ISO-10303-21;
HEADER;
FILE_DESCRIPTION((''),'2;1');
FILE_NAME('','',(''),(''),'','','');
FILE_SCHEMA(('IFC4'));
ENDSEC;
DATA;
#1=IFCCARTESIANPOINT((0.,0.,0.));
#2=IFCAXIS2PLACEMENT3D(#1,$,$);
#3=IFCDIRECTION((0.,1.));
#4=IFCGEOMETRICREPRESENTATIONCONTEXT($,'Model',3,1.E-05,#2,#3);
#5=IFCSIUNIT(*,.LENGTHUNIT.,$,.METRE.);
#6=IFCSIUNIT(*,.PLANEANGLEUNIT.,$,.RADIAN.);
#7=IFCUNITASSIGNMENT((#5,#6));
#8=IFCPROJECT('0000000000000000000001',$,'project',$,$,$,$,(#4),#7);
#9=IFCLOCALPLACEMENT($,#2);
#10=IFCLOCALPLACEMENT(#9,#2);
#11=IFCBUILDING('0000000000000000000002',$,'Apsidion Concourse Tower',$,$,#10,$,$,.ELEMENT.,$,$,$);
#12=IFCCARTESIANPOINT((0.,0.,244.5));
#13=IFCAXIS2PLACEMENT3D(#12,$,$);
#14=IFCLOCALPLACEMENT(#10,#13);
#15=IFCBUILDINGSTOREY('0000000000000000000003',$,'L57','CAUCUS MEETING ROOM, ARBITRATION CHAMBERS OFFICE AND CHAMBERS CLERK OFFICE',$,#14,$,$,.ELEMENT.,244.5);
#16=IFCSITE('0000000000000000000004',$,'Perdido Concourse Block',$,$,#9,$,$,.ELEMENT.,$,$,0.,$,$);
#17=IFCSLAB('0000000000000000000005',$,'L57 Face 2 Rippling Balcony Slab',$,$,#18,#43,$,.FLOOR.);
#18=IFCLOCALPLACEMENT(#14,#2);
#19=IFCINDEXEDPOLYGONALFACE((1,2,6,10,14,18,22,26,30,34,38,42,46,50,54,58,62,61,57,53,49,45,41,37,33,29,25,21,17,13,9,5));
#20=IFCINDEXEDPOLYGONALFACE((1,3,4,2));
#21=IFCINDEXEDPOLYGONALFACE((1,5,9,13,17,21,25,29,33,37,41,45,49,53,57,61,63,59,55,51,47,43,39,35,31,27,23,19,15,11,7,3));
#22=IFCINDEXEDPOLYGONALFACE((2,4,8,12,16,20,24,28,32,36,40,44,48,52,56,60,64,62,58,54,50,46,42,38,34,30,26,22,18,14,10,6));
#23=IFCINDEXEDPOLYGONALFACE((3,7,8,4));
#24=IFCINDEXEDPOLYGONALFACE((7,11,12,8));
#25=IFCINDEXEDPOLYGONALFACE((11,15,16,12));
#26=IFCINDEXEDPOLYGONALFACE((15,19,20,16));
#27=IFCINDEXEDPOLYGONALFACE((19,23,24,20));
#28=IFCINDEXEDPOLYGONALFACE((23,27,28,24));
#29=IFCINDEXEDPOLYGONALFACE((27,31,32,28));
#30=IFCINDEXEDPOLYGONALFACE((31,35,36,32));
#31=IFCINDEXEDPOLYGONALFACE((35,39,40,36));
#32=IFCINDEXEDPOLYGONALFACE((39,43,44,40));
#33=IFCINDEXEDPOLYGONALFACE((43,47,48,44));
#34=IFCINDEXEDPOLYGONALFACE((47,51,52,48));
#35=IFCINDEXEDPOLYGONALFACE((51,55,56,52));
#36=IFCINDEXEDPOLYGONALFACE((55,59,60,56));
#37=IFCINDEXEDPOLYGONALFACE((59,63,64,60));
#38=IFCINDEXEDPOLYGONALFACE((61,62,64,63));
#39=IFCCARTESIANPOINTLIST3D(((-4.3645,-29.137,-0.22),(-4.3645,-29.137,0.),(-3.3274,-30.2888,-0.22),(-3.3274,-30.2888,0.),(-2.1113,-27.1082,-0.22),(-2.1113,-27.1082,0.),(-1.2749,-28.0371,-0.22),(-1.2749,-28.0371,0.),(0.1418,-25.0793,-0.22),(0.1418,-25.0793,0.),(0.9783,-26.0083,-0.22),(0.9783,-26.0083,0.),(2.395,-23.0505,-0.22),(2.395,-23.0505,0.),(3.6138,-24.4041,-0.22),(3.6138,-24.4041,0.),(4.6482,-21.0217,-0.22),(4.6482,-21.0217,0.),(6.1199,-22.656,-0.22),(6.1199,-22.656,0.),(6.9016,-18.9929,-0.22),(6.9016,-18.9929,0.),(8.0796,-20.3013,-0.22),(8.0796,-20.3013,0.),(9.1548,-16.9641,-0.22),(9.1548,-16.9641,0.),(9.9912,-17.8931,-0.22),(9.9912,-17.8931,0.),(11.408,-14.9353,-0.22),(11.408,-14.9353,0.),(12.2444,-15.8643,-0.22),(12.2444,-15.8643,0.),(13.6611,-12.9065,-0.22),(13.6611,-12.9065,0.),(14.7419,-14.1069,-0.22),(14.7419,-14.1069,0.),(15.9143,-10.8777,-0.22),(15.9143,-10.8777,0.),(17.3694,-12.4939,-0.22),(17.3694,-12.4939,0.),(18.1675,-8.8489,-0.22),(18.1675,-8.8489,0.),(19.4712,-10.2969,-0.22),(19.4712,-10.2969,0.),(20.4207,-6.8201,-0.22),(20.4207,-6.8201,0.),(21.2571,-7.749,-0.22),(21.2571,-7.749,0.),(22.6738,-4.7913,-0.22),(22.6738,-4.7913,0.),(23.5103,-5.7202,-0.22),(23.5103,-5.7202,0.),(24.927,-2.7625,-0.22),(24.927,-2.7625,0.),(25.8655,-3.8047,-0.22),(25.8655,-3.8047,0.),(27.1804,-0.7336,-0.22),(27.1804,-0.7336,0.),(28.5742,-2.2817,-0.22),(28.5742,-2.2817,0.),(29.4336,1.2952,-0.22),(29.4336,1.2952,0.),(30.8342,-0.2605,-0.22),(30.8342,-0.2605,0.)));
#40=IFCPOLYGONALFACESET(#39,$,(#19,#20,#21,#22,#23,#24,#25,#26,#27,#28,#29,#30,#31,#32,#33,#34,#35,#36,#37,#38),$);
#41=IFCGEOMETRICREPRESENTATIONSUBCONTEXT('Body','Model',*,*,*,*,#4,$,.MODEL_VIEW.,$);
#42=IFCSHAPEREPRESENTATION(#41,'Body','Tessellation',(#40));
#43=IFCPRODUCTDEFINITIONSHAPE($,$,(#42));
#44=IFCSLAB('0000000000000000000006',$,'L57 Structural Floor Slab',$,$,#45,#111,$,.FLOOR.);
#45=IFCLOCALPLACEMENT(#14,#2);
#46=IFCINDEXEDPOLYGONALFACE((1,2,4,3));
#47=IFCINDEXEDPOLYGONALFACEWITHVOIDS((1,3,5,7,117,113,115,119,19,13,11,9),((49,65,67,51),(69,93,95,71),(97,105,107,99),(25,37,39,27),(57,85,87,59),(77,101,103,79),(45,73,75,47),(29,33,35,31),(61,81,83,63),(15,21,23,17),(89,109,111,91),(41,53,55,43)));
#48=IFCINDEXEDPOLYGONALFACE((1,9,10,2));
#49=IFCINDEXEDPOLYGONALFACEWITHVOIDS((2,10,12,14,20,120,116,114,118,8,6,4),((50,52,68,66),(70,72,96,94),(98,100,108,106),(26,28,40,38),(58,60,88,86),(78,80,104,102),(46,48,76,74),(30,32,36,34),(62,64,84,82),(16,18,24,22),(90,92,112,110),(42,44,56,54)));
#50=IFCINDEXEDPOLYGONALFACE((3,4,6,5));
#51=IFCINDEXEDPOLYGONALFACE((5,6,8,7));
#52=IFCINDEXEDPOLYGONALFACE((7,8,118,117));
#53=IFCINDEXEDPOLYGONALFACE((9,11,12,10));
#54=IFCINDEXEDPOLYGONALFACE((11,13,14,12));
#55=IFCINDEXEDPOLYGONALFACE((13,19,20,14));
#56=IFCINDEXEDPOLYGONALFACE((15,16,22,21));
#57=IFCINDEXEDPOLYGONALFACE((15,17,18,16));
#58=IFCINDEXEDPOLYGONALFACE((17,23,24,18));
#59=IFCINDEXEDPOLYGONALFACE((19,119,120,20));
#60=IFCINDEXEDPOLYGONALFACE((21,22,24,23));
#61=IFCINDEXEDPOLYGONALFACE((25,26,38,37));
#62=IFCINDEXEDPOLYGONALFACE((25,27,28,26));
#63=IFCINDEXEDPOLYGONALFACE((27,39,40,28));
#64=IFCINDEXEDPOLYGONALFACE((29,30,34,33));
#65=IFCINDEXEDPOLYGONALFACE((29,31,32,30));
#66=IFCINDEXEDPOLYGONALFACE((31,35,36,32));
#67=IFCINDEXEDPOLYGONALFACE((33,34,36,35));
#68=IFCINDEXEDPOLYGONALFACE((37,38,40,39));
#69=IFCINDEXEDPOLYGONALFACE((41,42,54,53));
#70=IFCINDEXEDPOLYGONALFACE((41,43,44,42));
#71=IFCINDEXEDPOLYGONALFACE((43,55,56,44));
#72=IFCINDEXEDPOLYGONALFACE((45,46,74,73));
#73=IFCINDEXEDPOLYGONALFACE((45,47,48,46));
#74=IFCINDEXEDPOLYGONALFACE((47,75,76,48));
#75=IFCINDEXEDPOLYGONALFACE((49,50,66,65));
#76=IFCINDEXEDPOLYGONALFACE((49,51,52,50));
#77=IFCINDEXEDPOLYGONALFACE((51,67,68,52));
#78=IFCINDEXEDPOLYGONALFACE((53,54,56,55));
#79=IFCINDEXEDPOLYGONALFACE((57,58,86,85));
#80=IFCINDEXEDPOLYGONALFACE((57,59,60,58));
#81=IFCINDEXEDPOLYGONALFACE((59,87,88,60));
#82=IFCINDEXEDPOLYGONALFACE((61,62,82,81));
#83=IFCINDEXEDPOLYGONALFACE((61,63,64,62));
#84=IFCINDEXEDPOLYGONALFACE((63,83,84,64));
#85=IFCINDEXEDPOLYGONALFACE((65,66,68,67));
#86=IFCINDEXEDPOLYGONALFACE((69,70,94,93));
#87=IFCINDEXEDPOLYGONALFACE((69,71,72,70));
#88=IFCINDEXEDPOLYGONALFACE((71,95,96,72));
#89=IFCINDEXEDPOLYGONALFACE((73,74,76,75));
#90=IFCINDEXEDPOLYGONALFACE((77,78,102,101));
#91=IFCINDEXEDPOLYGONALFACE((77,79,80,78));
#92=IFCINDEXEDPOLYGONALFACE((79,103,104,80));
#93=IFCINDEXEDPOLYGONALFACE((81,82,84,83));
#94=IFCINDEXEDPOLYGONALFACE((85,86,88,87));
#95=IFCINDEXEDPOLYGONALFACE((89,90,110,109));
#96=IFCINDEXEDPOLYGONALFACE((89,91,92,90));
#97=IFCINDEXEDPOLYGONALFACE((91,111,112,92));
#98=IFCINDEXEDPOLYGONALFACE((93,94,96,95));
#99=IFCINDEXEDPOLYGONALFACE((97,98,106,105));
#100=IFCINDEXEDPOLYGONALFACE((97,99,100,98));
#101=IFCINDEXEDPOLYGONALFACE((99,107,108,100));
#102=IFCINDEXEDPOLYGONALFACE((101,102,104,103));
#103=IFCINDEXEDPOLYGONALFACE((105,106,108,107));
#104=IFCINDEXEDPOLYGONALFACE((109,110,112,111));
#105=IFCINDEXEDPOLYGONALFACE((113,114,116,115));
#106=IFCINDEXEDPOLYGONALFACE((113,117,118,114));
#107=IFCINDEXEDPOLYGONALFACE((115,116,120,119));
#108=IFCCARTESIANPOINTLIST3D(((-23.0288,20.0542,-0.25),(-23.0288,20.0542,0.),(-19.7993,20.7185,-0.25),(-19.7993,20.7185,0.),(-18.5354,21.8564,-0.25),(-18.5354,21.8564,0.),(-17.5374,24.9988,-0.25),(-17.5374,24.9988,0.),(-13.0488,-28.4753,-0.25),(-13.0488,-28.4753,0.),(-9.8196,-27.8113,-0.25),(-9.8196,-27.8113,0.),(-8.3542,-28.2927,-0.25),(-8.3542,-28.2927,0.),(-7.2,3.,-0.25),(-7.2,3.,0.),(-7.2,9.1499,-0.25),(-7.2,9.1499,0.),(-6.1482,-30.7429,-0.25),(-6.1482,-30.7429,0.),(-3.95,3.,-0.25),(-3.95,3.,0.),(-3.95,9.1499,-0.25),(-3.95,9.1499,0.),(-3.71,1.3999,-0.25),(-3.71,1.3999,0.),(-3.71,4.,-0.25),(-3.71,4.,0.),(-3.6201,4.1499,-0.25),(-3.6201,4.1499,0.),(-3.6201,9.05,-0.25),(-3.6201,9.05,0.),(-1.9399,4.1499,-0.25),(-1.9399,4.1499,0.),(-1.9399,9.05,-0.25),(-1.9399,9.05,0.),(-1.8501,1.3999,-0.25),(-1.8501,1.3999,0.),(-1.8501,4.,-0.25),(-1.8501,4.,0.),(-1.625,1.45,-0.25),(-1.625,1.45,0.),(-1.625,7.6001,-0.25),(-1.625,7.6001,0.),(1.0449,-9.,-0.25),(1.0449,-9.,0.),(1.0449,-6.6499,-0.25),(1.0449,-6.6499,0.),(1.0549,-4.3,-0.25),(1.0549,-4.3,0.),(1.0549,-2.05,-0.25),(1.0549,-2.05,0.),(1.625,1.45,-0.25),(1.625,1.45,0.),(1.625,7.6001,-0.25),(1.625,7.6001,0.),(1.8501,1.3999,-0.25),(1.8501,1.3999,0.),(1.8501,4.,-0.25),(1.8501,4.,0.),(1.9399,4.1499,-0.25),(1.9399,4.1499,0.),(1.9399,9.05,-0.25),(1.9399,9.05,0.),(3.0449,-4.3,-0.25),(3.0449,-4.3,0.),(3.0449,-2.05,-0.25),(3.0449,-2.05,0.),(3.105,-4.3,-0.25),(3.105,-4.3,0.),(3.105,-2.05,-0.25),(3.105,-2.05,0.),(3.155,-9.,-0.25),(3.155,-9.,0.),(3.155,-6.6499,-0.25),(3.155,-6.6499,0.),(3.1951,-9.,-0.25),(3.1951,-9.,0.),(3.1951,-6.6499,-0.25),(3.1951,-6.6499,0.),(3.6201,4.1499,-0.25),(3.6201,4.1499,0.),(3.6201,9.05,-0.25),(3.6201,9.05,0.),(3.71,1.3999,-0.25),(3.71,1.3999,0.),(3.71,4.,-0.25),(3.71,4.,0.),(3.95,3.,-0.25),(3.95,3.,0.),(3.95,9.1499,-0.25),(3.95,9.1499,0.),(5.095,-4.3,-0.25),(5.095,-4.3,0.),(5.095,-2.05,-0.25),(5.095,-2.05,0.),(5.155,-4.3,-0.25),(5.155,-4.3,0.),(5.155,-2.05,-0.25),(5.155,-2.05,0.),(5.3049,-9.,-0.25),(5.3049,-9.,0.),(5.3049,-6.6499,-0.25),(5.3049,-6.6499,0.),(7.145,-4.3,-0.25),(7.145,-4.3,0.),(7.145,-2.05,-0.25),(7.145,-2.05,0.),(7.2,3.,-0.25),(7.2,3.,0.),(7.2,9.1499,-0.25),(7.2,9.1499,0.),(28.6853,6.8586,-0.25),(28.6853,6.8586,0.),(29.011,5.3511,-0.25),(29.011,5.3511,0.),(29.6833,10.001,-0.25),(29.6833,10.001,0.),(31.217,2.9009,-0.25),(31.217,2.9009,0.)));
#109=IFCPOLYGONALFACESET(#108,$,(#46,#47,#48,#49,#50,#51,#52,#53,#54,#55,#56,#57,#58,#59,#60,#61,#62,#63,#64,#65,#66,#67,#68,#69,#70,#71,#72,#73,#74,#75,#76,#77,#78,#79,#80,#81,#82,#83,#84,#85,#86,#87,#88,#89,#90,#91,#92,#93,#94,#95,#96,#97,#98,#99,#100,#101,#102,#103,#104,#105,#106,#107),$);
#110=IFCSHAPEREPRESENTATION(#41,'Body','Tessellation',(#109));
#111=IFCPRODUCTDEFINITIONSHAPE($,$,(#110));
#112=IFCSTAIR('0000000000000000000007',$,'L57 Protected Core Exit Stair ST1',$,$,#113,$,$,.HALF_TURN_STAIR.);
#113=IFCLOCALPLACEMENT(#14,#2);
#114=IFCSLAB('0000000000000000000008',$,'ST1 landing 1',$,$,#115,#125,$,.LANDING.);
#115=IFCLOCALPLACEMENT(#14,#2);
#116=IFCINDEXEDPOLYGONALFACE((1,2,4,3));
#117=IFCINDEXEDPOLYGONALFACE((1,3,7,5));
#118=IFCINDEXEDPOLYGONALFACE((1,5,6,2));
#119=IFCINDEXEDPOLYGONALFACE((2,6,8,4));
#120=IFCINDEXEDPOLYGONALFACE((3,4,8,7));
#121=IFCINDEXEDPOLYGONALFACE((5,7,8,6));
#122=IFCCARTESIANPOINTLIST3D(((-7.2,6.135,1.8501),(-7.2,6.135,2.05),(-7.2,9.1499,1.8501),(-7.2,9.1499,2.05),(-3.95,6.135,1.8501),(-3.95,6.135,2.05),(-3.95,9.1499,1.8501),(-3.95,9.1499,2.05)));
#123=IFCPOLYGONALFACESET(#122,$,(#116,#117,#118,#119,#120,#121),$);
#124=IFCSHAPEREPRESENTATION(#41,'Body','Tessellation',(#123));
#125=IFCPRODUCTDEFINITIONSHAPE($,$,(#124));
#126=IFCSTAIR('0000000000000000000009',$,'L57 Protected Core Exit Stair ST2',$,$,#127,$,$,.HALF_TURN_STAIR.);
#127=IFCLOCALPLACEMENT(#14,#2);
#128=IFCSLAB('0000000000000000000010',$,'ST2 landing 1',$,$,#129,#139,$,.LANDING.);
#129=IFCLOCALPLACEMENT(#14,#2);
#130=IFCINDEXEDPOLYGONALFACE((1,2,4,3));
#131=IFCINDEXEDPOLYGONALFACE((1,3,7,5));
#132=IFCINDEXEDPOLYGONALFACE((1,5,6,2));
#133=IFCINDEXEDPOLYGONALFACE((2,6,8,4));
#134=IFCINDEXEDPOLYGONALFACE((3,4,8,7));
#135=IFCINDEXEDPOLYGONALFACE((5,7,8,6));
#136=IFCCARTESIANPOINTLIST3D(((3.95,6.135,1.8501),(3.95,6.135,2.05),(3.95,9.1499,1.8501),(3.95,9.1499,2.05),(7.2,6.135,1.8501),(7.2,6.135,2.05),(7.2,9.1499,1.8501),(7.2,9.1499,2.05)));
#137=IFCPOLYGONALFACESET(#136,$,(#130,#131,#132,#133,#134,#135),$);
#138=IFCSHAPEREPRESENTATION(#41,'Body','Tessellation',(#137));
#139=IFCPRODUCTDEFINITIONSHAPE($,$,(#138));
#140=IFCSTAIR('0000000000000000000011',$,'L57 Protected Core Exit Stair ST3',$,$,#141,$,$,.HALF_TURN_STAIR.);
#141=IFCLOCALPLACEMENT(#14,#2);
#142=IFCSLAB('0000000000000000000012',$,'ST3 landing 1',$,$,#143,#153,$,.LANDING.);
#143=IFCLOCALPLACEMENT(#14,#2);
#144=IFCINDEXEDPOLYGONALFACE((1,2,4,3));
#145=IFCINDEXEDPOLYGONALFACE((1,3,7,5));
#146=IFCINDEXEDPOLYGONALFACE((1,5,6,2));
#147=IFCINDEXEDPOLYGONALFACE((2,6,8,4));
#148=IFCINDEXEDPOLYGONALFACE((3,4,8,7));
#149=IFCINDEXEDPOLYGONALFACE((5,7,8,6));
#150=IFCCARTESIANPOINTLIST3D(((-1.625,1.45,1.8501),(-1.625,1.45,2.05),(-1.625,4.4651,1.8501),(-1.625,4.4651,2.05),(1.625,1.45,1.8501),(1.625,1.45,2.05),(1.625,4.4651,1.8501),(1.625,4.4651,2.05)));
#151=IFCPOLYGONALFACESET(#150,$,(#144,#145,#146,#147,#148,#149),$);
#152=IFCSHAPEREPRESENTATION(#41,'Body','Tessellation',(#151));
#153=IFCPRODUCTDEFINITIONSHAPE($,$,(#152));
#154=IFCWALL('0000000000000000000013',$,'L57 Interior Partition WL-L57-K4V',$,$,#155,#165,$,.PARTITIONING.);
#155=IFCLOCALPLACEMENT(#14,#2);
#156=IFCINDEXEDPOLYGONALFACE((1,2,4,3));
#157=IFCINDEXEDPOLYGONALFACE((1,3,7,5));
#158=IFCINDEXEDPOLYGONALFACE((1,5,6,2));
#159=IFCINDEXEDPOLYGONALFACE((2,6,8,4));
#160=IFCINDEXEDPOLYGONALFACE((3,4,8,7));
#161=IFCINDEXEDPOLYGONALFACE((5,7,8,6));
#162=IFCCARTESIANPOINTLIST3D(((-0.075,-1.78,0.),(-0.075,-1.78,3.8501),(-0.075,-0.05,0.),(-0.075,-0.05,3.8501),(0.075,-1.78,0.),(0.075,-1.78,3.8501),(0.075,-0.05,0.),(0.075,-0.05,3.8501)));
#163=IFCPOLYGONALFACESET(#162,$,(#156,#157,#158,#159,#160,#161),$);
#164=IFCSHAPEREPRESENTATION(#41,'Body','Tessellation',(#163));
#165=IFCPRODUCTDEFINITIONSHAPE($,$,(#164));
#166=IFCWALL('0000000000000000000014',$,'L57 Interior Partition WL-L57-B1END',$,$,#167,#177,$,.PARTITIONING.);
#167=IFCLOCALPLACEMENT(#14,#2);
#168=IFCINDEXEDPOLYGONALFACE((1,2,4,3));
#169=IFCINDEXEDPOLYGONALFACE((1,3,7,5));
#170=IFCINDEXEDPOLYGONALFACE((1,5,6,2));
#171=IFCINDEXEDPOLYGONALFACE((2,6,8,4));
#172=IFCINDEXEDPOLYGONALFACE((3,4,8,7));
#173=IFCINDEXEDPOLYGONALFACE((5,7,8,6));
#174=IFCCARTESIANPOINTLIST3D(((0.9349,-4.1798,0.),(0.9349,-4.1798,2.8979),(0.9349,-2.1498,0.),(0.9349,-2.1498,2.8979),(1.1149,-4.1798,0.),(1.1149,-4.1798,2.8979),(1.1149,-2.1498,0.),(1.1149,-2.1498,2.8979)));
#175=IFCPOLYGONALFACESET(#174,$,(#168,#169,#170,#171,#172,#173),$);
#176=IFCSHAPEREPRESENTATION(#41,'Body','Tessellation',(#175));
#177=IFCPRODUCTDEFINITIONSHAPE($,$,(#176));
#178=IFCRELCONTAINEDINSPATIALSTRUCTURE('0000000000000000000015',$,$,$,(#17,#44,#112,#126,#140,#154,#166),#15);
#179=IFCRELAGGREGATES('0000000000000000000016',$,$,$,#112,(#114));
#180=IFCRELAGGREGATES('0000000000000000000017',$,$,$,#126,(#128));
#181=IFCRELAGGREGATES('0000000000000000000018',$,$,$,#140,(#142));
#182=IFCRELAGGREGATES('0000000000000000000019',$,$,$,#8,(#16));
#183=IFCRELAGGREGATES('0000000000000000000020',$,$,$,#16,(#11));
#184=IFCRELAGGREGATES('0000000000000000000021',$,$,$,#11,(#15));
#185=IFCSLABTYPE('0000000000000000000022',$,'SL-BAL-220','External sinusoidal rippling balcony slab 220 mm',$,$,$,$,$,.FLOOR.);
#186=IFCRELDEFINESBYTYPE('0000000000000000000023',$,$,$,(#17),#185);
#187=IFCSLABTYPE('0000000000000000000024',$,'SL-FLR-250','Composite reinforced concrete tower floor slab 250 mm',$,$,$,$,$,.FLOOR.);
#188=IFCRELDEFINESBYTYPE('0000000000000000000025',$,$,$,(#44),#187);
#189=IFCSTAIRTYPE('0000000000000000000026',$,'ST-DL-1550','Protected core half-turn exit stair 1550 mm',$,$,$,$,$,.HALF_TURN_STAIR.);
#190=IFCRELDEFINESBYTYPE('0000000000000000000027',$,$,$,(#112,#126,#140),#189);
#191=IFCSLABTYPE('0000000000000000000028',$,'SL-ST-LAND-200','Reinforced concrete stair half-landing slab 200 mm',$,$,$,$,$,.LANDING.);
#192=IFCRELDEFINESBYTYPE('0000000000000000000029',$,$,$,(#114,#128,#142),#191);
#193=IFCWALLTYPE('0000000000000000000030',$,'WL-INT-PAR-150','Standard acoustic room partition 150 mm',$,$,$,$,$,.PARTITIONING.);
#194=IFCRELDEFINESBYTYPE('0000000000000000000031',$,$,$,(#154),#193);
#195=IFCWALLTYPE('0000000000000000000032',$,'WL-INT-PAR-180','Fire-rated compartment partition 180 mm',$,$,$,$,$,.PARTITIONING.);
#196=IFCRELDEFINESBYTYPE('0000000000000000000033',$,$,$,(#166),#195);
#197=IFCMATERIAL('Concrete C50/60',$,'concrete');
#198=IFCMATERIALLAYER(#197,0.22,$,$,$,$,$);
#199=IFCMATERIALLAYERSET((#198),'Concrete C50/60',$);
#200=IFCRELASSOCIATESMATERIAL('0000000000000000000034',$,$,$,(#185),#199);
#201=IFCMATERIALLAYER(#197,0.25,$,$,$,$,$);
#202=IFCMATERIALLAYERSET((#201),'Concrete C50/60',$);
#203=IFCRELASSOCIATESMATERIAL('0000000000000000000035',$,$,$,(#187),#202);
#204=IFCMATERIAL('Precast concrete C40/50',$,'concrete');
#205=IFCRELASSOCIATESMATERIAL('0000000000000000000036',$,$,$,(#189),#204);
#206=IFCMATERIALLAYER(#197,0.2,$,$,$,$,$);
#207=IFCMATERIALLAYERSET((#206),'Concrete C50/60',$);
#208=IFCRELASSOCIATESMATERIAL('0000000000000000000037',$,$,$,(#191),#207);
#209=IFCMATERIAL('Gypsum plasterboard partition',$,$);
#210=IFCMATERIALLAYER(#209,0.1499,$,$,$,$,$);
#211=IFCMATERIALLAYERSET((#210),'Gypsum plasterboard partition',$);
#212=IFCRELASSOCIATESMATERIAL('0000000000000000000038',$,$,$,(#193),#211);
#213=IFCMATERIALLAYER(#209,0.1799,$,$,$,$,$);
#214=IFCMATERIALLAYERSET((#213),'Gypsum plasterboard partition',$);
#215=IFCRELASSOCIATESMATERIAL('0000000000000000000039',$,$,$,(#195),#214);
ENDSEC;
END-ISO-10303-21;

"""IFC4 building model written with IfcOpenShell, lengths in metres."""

from ifc_helpers import new_model, si_unit, direction, frame, frame_2d, origin, place, context, subcontext, project, spatial, polyline, rectangle, outline, extrude, material, layer, layer_set, type_object, element, aggregate, save


model = new_model("IFC4")

# Units and contexts
model_context = context("Model", 3, precision=1e-05, world=origin(), true_north=direction((0.0, 1.0)))
body_context = subcontext(model_context, "Body", "Model", "MODEL_VIEW")
ifc_project = project(units=[si_unit("LENGTHUNIT", "METRE"), si_unit("PLANEANGLEUNIT", "RADIAN")], contexts=[model_context])

# Site, building, storey
site_placement = place(None, origin())
site = spatial("IfcSite", under=ifc_project, at=site_placement, Name="Perdido Concourse Block", CompositionType="ELEMENT", RefElevation=0.0)
building_placement = place(site_placement, origin())
building = spatial("IfcBuilding", under=site, at=building_placement, Name="Apsidion Concourse Tower", CompositionType="ELEMENT")
storey_placement = place(building_placement, frame((0.0, 0.0, 244.5)))
storey = spatial("IfcBuildingStorey", under=building, at=storey_placement, Name="L57", Description="CAUCUS MEETING ROOM, ARBITRATION CHAMBERS OFFICE AND CHAMBERS CLERK OFFICE", CompositionType="ELEMENT", Elevation=244.5)

# Shared definitions
ifc_material_1 = material(Name="Concrete C50/60", Category="concrete")

# Slabs
ifc_layer_1 = layer(ifc_material_1, 0.22)
ifc_layer_set_1 = layer_set([ifc_layer_1], Name="Concrete C50/60")
slab_type_1 = type_object("IfcSlabType", Name="SL-BAL-220", Description="External sinusoidal rippling balcony slab 220 mm", PredefinedType="FLOOR", material=ifc_layer_set_1)
slab_1_placement = place(storey_placement, frame((0.0, 0.0, -0.22)))
element("IfcSlab", 1, at=slab_1_placement, inside=storey, type_object=slab_type_1, Name="L57 Face 2 Rippling Balcony Slab", PredefinedType="FLOOR", context=body_context, shape_type="SweptSolid", body=[
    extrude(outline(polyline([(-4.3645, -29.137), (-2.1113, -27.1082), (0.1418, -25.0793), (2.395, -23.0505), (4.6482, -21.0217), (6.9016, -18.9929), (9.1548, -16.9641), (11.408, -14.9353), (13.6611, -12.9065), (15.9143, -10.8777), (18.1675, -8.8489), (20.4207, -6.8201), (22.6738, -4.7913), (24.927, -2.7625), (27.1804, -0.7336), (29.4336, 1.2952), (30.8342, -0.2605), (28.5742, -2.2817), (25.8655, -3.8047), (23.5103, -5.7202), (21.2571, -7.749), (19.4712, -10.2969), (17.3694, -12.4939), (14.7419, -14.1069), (12.2444, -15.8643), (9.9912, -17.8931), (8.0796, -20.3013), (6.1199, -22.656), (3.6138, -24.4041), (0.9783, -26.0083), (-1.2749, -28.0371), (-3.3274, -30.2888), (-4.3645, -29.137)])), origin(), (0.0, 0.0, 1.0), 0.22),
])
ifc_layer_2 = layer(ifc_material_1, 0.25)
ifc_layer_set_2 = layer_set([ifc_layer_2], Name="Concrete C50/60")
slab_type_2 = type_object("IfcSlabType", Name="SL-FLR-250", Description="Composite reinforced concrete tower floor slab 250 mm", PredefinedType="FLOOR", material=ifc_layer_set_2)
slab_2_placement = place(storey_placement, frame((0.0, 0.0, -0.25)))
element("IfcSlab", 2, at=slab_2_placement, inside=storey, type_object=slab_type_2, Name="L57 Structural Floor Slab", PredefinedType="FLOOR", context=body_context, shape_type="SweptSolid", body=[
    extrude(outline(polyline([(-17.5374, 24.9988), (-18.5354, 21.8564), (-19.7993, 20.7185), (-23.0288, 20.0542), (-13.0488, -28.4753), (-9.8196, -27.8113), (-8.3542, -28.2927), (-6.1482, -30.7429), (31.217, 2.9009), (29.011, 5.3511), (28.6853, 6.8586), (29.6833, 10.001), (-17.5374, 24.9988)]), holes=[polyline([(-3.95, 3.0), (-3.95, 9.1499), (-7.2, 9.1499), (-7.2, 3.0), (-3.95, 3.0)]), polyline([(7.2, 3.0), (7.2, 9.1499), (3.95, 9.1499), (3.95, 3.0), (7.2, 3.0)]), polyline([(-1.625, 7.6001), (-1.625, 1.45), (1.625, 1.45), (1.625, 7.6001), (-1.625, 7.6001)]), polyline([(1.0549, -4.3), (3.0449, -4.3), (3.0449, -2.05), (1.0549, -2.05), (1.0549, -4.3)]), polyline([(3.105, -4.3), (5.095, -4.3), (5.095, -2.05), (3.105, -2.05), (3.105, -4.3)]), polyline([(5.155, -4.3), (7.145, -4.3), (7.145, -2.05), (5.155, -2.05), (5.155, -4.3)]), polyline([(1.0449, -9.0), (3.155, -9.0), (3.155, -6.6499), (1.0449, -6.6499), (1.0449, -9.0)]), polyline([(3.1951, -9.0), (5.3049, -9.0), (5.3049, -6.6499), (3.1951, -6.6499), (3.1951, -9.0)]), polyline([(-3.71, 1.3999), (-1.8501, 1.3999), (-1.8501, 4.0), (-3.71, 4.0), (-3.71, 1.3999)]), polyline([(1.8501, 1.3999), (3.71, 1.3999), (3.71, 4.0), (1.8501, 4.0), (1.8501, 1.3999)]), polyline([(-3.6201, 4.1499), (-1.9399, 4.1499), (-1.9399, 9.05), (-3.6201, 9.05), (-3.6201, 4.1499)]), polyline([(1.9399, 4.1499), (3.6201, 4.1499), (3.6201, 9.05), (1.9399, 9.05), (1.9399, 4.1499)])]), origin(), (0.0, 0.0, 1.0), 0.25),
])

# Stairs, slabs
ifc_material_2 = material(Name="Precast concrete C40/50", Category="concrete")
stair_type = type_object("IfcStairType", Name="ST-DL-1550", Description="Protected core half-turn exit stair 1550 mm", PredefinedType="HALF_TURN_STAIR", material=ifc_material_2)
stair_1_placement = place(storey_placement, origin())
stair_1 = element("IfcStair", 3, at=stair_1_placement, inside=storey, type_object=stair_type, Name="L57 Protected Core Exit Stair ST1", PredefinedType="HALF_TURN_STAIR")
ifc_layer_3 = layer(ifc_material_1, 0.2)
ifc_layer_set_3 = layer_set([ifc_layer_3], Name="Concrete C50/60")
slab_type_3 = type_object("IfcSlabType", Name="SL-ST-LAND-200", Description="Reinforced concrete stair half-landing slab 200 mm", PredefinedType="LANDING", material=ifc_layer_set_3)
slab_3_placement = place(storey_placement, frame((0.0, 0.0, 1.8501)))
slab_3 = element("IfcSlab", 4, at=slab_3_placement, type_object=slab_type_3, Name="ST1 landing 1", PredefinedType="LANDING", context=body_context, shape_type="SweptSolid", body=[
    extrude(outline(polyline([(-3.95, 6.135), (-3.95, 9.1499), (-7.2, 9.1499), (-7.2, 6.135), (-3.95, 6.135)])), origin(), (0.0, 0.0, 1.0), 0.2),
])
aggregate(stair_1, [slab_3])
stair_2_placement = place(storey_placement, origin())
stair_2 = element("IfcStair", 5, at=stair_2_placement, inside=storey, type_object=stair_type, Name="L57 Protected Core Exit Stair ST2", PredefinedType="HALF_TURN_STAIR")
slab_4_placement = place(storey_placement, frame((0.0, 0.0, 1.8501)))
slab_4 = element("IfcSlab", 6, at=slab_4_placement, type_object=slab_type_3, Name="ST2 landing 1", PredefinedType="LANDING", context=body_context, shape_type="SweptSolid", body=[
    extrude(outline(polyline([(7.2, 6.135), (7.2, 9.1499), (3.95, 9.1499), (3.95, 6.135), (7.2, 6.135)])), origin(), (0.0, 0.0, 1.0), 0.2),
])
aggregate(stair_2, [slab_4])
stair_3_placement = place(storey_placement, origin())
stair_3 = element("IfcStair", 7, at=stair_3_placement, inside=storey, type_object=stair_type, Name="L57 Protected Core Exit Stair ST3", PredefinedType="HALF_TURN_STAIR")
slab_5_placement = place(storey_placement, frame((0.0, 0.0, 1.8501)))
slab_5 = element("IfcSlab", 8, at=slab_5_placement, type_object=slab_type_3, Name="ST3 landing 1", PredefinedType="LANDING", context=body_context, shape_type="SweptSolid", body=[
    extrude(outline(polyline([(-1.625, 4.4651), (-1.625, 1.45), (1.625, 1.45), (1.625, 4.4651), (-1.625, 4.4651)])), origin(), (0.0, 0.0, 1.0), 0.2),
])
aggregate(stair_3, [slab_5])

# Walls
ifc_material_3 = material(Name="Gypsum plasterboard partition")
ifc_layer_4 = layer(ifc_material_3, 0.1499)
ifc_layer_set_4 = layer_set([ifc_layer_4], Name="Gypsum plasterboard partition")
wall_type_1 = type_object("IfcWallType", Name="WL-INT-PAR-150", Description="Standard acoustic room partition 150 mm", PredefinedType="PARTITIONING", material=ifc_layer_set_4)
wall_1_placement = place(storey_placement, frame((0.0, -1.78, 0.0), z_axis=(0.0, 0.0, 1.0), x_axis=(0.0, 1.0, 0.0)))
element("IfcWall", 9, at=wall_1_placement, inside=storey, type_object=wall_type_1, Name="L57 Interior Partition WL-L57-K4V", PredefinedType="PARTITIONING", context=body_context, shape_type="SweptSolid", body=[
    extrude(rectangle(XDim=1.73, YDim=0.1499, at=frame_2d((0.865, 0.0))), origin(), (0.0, 0.0, 1.0), 3.8501),
])
ifc_layer_5 = layer(ifc_material_3, 0.1799)
ifc_layer_set_5 = layer_set([ifc_layer_5], Name="Gypsum plasterboard partition")
wall_type_2 = type_object("IfcWallType", Name="WL-INT-PAR-180", Description="Fire-rated compartment partition 180 mm", PredefinedType="PARTITIONING", material=ifc_layer_set_5)
wall_2_placement = place(storey_placement, frame((1.0249, -4.1799, 0.0), z_axis=(0.0, 0.0, 1.0), x_axis=(0.0, 1.0, 0.0)))
element("IfcWall", 10, at=wall_2_placement, inside=storey, type_object=wall_type_2, Name="L57 Interior Partition WL-L57-B1END", PredefinedType="PARTITIONING", context=body_context, shape_type="SweptSolid", body=[
    extrude(rectangle(XDim=2.03, YDim=0.1799, at=frame_2d((1.0151, 0.0))), origin(), (0.0, 0.0, 1.0), 2.8979),
])

save(model, "model.ifc")
